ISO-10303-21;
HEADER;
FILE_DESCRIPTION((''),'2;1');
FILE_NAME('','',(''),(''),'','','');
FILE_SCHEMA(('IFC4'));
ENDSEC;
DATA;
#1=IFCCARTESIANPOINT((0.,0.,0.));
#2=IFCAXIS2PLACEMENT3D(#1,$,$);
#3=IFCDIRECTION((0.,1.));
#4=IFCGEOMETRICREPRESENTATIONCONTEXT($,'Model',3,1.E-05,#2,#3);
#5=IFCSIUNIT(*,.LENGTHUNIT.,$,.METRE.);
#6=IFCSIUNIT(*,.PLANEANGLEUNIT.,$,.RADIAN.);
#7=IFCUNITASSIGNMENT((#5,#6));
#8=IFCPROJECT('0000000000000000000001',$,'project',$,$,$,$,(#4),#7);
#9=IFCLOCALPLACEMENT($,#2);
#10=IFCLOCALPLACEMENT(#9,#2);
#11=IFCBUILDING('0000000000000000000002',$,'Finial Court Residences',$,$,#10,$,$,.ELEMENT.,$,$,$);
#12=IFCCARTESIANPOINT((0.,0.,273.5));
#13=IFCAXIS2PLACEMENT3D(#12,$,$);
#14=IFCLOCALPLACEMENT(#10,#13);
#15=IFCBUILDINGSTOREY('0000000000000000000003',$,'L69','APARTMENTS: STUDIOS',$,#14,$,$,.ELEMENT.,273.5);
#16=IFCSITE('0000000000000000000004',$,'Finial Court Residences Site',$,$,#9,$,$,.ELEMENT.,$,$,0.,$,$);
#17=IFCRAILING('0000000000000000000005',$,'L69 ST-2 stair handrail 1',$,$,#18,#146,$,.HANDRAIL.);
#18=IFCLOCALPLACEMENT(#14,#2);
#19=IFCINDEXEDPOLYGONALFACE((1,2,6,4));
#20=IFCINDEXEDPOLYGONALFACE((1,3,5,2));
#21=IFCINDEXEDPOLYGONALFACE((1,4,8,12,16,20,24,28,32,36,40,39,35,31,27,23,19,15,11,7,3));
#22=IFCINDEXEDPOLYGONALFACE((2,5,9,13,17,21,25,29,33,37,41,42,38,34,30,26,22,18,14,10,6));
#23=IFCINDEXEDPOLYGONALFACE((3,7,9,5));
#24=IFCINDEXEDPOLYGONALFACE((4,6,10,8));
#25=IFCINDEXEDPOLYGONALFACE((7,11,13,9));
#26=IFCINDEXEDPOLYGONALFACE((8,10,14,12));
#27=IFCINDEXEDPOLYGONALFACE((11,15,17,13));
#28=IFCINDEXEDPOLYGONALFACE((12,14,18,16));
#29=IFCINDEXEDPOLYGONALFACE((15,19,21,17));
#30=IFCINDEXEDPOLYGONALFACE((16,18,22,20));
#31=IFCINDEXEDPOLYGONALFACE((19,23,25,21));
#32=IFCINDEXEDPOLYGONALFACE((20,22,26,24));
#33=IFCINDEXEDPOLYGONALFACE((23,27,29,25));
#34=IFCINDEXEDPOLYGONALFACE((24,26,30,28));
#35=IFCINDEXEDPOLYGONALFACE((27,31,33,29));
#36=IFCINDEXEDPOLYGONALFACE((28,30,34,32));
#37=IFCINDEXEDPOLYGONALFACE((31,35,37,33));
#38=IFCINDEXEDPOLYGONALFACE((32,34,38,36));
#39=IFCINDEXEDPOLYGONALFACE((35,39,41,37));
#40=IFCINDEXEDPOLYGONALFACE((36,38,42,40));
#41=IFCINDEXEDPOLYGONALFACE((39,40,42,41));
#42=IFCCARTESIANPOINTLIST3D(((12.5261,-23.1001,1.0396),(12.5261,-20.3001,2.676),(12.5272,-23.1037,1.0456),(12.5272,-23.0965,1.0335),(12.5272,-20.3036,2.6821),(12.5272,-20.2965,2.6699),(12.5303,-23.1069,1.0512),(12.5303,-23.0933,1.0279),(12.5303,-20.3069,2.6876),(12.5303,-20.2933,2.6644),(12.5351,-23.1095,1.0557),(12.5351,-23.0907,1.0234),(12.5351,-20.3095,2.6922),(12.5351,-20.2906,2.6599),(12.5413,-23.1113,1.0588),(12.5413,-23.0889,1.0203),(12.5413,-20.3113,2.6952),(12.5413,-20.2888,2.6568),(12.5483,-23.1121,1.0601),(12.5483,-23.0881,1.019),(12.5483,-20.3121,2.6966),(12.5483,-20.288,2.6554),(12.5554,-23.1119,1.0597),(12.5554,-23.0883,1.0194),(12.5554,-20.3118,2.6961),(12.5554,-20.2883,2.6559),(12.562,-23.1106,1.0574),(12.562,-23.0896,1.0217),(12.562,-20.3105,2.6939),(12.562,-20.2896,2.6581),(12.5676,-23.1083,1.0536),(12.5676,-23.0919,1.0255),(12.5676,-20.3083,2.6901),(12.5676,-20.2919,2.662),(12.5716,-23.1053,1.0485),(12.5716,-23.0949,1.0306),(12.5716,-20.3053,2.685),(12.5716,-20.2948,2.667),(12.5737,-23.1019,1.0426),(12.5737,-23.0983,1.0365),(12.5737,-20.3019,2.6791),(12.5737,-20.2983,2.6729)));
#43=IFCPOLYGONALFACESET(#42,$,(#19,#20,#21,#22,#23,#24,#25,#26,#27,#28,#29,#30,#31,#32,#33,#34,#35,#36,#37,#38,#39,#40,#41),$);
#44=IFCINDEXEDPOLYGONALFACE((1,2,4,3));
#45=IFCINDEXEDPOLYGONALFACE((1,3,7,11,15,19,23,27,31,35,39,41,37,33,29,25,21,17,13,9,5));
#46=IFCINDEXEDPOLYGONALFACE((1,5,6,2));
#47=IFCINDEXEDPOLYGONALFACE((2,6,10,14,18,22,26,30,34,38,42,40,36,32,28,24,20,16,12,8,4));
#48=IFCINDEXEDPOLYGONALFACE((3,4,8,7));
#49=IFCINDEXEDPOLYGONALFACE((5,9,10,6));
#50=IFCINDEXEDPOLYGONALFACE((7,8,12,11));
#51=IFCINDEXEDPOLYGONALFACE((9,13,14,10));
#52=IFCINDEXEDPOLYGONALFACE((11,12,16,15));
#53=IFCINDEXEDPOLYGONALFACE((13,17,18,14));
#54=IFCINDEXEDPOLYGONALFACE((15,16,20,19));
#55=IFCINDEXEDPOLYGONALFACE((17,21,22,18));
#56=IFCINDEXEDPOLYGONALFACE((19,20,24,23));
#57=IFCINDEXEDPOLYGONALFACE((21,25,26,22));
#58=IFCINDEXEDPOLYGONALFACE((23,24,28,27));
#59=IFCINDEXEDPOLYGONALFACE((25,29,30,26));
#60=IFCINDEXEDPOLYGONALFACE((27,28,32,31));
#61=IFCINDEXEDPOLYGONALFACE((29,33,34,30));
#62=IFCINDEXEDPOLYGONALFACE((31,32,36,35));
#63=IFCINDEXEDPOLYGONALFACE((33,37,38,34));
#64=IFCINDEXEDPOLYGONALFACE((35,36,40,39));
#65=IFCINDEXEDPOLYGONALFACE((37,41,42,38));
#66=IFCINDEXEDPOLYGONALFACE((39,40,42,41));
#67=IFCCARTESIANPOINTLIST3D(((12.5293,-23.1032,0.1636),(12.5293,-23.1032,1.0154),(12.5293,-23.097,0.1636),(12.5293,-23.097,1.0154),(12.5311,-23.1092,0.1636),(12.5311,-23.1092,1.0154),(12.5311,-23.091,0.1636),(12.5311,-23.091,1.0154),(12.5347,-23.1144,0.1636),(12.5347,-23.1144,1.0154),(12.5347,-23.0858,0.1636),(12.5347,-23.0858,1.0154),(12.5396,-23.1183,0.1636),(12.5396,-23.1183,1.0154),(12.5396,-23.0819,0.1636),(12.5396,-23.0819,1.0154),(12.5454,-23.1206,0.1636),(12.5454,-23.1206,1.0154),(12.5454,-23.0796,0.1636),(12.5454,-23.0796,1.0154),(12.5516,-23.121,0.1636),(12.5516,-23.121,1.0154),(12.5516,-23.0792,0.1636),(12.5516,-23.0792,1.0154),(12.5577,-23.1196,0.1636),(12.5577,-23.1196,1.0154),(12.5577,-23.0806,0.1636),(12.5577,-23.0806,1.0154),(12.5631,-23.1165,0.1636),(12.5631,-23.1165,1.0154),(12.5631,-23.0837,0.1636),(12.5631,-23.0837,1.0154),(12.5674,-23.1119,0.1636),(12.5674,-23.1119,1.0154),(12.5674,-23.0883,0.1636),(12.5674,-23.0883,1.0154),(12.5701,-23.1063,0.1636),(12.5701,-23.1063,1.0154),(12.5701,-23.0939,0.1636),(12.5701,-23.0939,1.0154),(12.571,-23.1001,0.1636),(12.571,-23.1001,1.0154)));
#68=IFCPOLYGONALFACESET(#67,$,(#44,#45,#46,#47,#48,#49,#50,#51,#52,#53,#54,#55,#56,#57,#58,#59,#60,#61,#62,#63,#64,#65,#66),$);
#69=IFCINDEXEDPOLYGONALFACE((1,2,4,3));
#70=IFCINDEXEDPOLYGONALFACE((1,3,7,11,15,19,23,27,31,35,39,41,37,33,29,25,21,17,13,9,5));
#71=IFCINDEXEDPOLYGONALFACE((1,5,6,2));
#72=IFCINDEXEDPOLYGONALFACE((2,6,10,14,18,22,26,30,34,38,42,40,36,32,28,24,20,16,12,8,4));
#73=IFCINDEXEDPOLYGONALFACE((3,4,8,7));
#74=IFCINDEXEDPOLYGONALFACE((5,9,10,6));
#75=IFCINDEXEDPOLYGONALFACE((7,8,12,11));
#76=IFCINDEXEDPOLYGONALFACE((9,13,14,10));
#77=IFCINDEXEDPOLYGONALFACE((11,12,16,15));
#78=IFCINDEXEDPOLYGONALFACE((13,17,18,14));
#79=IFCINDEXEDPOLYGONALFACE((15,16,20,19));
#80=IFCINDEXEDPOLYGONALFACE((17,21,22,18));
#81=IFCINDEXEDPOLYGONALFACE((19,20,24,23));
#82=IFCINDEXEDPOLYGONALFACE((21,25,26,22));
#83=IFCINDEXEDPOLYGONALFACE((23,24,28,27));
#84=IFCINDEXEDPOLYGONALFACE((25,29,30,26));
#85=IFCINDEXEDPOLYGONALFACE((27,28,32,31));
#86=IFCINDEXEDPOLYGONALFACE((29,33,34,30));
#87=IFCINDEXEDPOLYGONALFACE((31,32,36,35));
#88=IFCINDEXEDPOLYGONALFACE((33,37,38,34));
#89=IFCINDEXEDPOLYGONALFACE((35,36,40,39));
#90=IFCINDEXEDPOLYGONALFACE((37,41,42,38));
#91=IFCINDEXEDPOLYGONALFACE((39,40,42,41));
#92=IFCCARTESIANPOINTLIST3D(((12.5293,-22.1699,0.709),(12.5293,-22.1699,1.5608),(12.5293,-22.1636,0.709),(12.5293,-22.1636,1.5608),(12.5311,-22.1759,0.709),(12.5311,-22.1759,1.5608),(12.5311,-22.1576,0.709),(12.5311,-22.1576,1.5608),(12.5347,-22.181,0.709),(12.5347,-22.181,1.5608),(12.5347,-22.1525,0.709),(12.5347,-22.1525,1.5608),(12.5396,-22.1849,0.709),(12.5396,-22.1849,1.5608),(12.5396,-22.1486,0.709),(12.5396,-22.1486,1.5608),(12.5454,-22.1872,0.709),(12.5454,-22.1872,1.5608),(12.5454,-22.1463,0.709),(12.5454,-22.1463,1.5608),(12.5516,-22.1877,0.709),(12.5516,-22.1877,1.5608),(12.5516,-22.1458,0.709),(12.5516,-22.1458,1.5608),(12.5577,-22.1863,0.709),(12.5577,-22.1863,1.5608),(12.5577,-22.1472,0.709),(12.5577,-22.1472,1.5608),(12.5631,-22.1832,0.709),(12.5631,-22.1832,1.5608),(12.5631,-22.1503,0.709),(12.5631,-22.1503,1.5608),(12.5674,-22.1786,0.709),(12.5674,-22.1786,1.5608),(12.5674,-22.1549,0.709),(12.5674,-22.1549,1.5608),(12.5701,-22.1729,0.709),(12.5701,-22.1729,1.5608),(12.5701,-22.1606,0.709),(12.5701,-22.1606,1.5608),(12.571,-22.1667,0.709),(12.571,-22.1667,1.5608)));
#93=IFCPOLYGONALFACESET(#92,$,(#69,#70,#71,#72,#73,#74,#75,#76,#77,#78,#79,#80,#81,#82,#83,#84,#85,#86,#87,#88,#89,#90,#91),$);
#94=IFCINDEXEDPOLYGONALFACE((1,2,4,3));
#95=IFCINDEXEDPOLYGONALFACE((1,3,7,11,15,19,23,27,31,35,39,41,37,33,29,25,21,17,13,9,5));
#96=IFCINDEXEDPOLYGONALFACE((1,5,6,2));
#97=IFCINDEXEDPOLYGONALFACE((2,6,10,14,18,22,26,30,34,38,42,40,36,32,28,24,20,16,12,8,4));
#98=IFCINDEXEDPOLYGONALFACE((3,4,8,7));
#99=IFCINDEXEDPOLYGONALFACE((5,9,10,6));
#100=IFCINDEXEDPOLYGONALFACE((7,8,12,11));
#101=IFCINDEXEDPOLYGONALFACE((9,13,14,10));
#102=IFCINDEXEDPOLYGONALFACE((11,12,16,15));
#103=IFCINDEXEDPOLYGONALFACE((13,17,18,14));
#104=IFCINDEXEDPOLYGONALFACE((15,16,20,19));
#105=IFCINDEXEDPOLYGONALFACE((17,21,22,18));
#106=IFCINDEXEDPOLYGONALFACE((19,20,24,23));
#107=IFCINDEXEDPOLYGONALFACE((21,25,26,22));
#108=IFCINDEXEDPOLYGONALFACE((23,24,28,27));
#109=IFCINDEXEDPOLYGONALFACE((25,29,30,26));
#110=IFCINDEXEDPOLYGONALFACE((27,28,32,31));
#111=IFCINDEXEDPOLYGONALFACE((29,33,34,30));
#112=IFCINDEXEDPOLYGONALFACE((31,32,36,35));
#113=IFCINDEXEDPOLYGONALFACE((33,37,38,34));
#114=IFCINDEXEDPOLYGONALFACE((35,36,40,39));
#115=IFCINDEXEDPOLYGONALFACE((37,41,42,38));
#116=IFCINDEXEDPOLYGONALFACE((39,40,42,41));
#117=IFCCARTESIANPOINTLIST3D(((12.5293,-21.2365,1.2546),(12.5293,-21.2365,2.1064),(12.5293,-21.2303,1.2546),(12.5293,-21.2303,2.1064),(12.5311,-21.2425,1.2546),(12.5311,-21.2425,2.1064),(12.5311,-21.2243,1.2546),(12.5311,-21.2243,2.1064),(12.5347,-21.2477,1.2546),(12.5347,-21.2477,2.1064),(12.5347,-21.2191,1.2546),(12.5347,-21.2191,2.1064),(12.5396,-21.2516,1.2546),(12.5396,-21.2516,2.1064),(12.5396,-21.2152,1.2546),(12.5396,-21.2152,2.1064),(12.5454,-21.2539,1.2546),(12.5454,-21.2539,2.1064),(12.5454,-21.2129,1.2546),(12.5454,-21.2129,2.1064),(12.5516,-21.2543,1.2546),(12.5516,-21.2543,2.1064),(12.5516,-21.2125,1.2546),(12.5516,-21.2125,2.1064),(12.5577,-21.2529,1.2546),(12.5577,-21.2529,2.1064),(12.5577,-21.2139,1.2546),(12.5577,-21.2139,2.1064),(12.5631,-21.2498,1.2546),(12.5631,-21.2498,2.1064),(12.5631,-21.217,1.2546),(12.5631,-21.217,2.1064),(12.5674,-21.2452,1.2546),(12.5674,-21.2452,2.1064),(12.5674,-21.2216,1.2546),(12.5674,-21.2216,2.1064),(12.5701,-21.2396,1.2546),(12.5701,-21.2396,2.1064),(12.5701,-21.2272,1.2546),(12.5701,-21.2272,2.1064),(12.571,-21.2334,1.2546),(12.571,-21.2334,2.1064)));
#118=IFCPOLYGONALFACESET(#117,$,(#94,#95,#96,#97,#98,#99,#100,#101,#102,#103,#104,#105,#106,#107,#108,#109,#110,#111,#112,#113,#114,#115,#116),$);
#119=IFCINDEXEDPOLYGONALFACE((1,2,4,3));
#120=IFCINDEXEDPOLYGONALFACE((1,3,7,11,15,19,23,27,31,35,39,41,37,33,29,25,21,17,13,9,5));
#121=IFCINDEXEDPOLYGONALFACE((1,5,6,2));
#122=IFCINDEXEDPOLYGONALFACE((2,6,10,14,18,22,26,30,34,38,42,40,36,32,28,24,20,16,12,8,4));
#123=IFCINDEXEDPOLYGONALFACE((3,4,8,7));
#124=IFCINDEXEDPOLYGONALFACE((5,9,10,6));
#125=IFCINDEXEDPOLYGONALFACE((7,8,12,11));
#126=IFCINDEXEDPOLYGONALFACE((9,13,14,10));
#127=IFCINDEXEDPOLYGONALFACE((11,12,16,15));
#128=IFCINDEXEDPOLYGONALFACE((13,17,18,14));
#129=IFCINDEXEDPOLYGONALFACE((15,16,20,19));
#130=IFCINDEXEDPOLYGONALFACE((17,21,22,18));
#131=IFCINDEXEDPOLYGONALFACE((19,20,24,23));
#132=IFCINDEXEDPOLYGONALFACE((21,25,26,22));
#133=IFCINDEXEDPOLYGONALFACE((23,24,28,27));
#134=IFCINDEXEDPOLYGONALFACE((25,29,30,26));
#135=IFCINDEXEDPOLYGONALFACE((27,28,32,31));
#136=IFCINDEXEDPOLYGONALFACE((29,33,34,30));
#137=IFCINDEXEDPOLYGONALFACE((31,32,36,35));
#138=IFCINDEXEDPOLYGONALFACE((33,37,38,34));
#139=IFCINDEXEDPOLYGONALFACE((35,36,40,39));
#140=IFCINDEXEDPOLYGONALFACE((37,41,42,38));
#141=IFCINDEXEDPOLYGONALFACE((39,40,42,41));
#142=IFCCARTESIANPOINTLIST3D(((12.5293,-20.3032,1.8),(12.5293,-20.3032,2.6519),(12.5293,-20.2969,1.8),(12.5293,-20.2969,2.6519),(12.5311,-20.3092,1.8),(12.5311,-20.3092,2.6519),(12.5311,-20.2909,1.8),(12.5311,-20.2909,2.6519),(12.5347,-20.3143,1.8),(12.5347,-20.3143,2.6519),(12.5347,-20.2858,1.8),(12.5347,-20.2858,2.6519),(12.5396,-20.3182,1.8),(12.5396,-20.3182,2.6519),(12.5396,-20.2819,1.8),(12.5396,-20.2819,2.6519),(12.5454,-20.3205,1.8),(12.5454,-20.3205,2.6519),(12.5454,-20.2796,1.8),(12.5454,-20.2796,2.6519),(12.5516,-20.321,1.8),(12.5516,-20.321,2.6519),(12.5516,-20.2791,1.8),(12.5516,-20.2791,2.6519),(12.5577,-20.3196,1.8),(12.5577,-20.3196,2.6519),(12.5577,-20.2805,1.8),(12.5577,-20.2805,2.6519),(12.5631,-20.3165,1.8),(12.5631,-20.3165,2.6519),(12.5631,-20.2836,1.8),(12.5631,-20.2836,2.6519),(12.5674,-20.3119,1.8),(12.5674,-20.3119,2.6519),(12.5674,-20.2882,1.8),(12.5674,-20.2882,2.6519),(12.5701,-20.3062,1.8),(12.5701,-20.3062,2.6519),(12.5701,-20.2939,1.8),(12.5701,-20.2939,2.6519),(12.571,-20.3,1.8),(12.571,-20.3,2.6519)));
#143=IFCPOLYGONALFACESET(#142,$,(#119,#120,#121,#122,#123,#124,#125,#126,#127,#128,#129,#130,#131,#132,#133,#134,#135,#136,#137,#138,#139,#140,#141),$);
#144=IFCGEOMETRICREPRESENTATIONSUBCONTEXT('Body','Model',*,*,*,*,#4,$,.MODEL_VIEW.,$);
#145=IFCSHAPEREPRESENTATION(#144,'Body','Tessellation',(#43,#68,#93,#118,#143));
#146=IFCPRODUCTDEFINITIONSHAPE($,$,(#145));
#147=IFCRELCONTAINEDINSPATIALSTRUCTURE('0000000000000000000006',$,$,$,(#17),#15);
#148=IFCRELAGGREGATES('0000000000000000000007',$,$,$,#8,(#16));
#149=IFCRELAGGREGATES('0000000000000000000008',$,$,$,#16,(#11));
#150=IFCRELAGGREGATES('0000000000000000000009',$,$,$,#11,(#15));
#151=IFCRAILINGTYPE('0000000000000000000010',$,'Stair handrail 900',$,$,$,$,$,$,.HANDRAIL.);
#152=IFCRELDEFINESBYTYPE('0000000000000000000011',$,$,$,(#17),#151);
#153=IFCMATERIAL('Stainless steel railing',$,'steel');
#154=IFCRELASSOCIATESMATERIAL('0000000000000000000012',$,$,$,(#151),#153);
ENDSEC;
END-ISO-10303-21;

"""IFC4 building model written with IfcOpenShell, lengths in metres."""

from ifc_helpers import new_model, si_unit, direction, frame, origin, origin_2d, place, context, subcontext, project, spatial, circle, extrude, material, type_object, element, save


model = new_model("IFC4")

# Units and contexts
model_context = context("Model", 3, precision=1e-05, world=origin(), true_north=direction((0.0, 1.0)))
body_context = subcontext(model_context, "Body", "Model", "MODEL_VIEW")
ifc_project = project(units=[si_unit("LENGTHUNIT", "METRE"), si_unit("PLANEANGLEUNIT", "RADIAN")], contexts=[model_context])

# Site, building, storey
site_placement = place(None, origin())
site = spatial("IfcSite", under=ifc_project, at=site_placement, Name="Finial Court Residences Site", CompositionType="ELEMENT", RefElevation=0.0)
building_placement = place(site_placement, origin())
building = spatial("IfcBuilding", under=site, at=building_placement, Name="Finial Court Residences", CompositionType="ELEMENT")
storey_placement = place(building_placement, frame((0.0, 0.0, 273.5)))
storey = spatial("IfcBuildingStorey", under=building, at=storey_placement, Name="L69", Description="APARTMENTS: STUDIOS", CompositionType="ELEMENT", Elevation=273.5)

# Railing
ifc_material_1 = material(Name="Stainless steel railing", Category="steel")
railing_type_1 = type_object("IfcRailingType", Name="Stair handrail 900", PredefinedType="HANDRAIL", material=ifc_material_1)
railing_1_placement = place(storey_placement, frame((12.55, -23.1001, 0.1636)))
element("IfcRailing", 1, at=railing_1_placement, inside=storey, type_object=railing_type_1, Name="L69 ST-2 stair handrail 1", PredefinedType="HANDRAIL", context=body_context, shape_type="SweptSolid", body=[
    extrude(circle(Radius=0.0239, at=origin_2d()), frame((0.0, 0.0, 0.876), z_axis=(0.0, 0.863361, 0.504587), x_axis=(-1.0, 0.0, 0.0)), (0.0, 0.0, 1.0), 3.2432),
    extrude(circle(Radius=0.021, at=origin_2d()), origin(), (0.0, 0.0, 1.0), 0.8518),
    extrude(circle(Radius=0.021, at=origin_2d()), frame((0.0, 0.9333, 0.5454)), (0.0, 0.0, 1.0), 0.8518),
    extrude(circle(Radius=0.021, at=origin_2d()), frame((0.0, 1.8667, 1.0911)), (0.0, 0.0, 1.0), 0.8518),
    extrude(circle(Radius=0.021, at=origin_2d()), frame((0.0, 2.8, 1.6365)), (0.0, 0.0, 1.0), 0.8518),
])

save(model, "model.ifc")
